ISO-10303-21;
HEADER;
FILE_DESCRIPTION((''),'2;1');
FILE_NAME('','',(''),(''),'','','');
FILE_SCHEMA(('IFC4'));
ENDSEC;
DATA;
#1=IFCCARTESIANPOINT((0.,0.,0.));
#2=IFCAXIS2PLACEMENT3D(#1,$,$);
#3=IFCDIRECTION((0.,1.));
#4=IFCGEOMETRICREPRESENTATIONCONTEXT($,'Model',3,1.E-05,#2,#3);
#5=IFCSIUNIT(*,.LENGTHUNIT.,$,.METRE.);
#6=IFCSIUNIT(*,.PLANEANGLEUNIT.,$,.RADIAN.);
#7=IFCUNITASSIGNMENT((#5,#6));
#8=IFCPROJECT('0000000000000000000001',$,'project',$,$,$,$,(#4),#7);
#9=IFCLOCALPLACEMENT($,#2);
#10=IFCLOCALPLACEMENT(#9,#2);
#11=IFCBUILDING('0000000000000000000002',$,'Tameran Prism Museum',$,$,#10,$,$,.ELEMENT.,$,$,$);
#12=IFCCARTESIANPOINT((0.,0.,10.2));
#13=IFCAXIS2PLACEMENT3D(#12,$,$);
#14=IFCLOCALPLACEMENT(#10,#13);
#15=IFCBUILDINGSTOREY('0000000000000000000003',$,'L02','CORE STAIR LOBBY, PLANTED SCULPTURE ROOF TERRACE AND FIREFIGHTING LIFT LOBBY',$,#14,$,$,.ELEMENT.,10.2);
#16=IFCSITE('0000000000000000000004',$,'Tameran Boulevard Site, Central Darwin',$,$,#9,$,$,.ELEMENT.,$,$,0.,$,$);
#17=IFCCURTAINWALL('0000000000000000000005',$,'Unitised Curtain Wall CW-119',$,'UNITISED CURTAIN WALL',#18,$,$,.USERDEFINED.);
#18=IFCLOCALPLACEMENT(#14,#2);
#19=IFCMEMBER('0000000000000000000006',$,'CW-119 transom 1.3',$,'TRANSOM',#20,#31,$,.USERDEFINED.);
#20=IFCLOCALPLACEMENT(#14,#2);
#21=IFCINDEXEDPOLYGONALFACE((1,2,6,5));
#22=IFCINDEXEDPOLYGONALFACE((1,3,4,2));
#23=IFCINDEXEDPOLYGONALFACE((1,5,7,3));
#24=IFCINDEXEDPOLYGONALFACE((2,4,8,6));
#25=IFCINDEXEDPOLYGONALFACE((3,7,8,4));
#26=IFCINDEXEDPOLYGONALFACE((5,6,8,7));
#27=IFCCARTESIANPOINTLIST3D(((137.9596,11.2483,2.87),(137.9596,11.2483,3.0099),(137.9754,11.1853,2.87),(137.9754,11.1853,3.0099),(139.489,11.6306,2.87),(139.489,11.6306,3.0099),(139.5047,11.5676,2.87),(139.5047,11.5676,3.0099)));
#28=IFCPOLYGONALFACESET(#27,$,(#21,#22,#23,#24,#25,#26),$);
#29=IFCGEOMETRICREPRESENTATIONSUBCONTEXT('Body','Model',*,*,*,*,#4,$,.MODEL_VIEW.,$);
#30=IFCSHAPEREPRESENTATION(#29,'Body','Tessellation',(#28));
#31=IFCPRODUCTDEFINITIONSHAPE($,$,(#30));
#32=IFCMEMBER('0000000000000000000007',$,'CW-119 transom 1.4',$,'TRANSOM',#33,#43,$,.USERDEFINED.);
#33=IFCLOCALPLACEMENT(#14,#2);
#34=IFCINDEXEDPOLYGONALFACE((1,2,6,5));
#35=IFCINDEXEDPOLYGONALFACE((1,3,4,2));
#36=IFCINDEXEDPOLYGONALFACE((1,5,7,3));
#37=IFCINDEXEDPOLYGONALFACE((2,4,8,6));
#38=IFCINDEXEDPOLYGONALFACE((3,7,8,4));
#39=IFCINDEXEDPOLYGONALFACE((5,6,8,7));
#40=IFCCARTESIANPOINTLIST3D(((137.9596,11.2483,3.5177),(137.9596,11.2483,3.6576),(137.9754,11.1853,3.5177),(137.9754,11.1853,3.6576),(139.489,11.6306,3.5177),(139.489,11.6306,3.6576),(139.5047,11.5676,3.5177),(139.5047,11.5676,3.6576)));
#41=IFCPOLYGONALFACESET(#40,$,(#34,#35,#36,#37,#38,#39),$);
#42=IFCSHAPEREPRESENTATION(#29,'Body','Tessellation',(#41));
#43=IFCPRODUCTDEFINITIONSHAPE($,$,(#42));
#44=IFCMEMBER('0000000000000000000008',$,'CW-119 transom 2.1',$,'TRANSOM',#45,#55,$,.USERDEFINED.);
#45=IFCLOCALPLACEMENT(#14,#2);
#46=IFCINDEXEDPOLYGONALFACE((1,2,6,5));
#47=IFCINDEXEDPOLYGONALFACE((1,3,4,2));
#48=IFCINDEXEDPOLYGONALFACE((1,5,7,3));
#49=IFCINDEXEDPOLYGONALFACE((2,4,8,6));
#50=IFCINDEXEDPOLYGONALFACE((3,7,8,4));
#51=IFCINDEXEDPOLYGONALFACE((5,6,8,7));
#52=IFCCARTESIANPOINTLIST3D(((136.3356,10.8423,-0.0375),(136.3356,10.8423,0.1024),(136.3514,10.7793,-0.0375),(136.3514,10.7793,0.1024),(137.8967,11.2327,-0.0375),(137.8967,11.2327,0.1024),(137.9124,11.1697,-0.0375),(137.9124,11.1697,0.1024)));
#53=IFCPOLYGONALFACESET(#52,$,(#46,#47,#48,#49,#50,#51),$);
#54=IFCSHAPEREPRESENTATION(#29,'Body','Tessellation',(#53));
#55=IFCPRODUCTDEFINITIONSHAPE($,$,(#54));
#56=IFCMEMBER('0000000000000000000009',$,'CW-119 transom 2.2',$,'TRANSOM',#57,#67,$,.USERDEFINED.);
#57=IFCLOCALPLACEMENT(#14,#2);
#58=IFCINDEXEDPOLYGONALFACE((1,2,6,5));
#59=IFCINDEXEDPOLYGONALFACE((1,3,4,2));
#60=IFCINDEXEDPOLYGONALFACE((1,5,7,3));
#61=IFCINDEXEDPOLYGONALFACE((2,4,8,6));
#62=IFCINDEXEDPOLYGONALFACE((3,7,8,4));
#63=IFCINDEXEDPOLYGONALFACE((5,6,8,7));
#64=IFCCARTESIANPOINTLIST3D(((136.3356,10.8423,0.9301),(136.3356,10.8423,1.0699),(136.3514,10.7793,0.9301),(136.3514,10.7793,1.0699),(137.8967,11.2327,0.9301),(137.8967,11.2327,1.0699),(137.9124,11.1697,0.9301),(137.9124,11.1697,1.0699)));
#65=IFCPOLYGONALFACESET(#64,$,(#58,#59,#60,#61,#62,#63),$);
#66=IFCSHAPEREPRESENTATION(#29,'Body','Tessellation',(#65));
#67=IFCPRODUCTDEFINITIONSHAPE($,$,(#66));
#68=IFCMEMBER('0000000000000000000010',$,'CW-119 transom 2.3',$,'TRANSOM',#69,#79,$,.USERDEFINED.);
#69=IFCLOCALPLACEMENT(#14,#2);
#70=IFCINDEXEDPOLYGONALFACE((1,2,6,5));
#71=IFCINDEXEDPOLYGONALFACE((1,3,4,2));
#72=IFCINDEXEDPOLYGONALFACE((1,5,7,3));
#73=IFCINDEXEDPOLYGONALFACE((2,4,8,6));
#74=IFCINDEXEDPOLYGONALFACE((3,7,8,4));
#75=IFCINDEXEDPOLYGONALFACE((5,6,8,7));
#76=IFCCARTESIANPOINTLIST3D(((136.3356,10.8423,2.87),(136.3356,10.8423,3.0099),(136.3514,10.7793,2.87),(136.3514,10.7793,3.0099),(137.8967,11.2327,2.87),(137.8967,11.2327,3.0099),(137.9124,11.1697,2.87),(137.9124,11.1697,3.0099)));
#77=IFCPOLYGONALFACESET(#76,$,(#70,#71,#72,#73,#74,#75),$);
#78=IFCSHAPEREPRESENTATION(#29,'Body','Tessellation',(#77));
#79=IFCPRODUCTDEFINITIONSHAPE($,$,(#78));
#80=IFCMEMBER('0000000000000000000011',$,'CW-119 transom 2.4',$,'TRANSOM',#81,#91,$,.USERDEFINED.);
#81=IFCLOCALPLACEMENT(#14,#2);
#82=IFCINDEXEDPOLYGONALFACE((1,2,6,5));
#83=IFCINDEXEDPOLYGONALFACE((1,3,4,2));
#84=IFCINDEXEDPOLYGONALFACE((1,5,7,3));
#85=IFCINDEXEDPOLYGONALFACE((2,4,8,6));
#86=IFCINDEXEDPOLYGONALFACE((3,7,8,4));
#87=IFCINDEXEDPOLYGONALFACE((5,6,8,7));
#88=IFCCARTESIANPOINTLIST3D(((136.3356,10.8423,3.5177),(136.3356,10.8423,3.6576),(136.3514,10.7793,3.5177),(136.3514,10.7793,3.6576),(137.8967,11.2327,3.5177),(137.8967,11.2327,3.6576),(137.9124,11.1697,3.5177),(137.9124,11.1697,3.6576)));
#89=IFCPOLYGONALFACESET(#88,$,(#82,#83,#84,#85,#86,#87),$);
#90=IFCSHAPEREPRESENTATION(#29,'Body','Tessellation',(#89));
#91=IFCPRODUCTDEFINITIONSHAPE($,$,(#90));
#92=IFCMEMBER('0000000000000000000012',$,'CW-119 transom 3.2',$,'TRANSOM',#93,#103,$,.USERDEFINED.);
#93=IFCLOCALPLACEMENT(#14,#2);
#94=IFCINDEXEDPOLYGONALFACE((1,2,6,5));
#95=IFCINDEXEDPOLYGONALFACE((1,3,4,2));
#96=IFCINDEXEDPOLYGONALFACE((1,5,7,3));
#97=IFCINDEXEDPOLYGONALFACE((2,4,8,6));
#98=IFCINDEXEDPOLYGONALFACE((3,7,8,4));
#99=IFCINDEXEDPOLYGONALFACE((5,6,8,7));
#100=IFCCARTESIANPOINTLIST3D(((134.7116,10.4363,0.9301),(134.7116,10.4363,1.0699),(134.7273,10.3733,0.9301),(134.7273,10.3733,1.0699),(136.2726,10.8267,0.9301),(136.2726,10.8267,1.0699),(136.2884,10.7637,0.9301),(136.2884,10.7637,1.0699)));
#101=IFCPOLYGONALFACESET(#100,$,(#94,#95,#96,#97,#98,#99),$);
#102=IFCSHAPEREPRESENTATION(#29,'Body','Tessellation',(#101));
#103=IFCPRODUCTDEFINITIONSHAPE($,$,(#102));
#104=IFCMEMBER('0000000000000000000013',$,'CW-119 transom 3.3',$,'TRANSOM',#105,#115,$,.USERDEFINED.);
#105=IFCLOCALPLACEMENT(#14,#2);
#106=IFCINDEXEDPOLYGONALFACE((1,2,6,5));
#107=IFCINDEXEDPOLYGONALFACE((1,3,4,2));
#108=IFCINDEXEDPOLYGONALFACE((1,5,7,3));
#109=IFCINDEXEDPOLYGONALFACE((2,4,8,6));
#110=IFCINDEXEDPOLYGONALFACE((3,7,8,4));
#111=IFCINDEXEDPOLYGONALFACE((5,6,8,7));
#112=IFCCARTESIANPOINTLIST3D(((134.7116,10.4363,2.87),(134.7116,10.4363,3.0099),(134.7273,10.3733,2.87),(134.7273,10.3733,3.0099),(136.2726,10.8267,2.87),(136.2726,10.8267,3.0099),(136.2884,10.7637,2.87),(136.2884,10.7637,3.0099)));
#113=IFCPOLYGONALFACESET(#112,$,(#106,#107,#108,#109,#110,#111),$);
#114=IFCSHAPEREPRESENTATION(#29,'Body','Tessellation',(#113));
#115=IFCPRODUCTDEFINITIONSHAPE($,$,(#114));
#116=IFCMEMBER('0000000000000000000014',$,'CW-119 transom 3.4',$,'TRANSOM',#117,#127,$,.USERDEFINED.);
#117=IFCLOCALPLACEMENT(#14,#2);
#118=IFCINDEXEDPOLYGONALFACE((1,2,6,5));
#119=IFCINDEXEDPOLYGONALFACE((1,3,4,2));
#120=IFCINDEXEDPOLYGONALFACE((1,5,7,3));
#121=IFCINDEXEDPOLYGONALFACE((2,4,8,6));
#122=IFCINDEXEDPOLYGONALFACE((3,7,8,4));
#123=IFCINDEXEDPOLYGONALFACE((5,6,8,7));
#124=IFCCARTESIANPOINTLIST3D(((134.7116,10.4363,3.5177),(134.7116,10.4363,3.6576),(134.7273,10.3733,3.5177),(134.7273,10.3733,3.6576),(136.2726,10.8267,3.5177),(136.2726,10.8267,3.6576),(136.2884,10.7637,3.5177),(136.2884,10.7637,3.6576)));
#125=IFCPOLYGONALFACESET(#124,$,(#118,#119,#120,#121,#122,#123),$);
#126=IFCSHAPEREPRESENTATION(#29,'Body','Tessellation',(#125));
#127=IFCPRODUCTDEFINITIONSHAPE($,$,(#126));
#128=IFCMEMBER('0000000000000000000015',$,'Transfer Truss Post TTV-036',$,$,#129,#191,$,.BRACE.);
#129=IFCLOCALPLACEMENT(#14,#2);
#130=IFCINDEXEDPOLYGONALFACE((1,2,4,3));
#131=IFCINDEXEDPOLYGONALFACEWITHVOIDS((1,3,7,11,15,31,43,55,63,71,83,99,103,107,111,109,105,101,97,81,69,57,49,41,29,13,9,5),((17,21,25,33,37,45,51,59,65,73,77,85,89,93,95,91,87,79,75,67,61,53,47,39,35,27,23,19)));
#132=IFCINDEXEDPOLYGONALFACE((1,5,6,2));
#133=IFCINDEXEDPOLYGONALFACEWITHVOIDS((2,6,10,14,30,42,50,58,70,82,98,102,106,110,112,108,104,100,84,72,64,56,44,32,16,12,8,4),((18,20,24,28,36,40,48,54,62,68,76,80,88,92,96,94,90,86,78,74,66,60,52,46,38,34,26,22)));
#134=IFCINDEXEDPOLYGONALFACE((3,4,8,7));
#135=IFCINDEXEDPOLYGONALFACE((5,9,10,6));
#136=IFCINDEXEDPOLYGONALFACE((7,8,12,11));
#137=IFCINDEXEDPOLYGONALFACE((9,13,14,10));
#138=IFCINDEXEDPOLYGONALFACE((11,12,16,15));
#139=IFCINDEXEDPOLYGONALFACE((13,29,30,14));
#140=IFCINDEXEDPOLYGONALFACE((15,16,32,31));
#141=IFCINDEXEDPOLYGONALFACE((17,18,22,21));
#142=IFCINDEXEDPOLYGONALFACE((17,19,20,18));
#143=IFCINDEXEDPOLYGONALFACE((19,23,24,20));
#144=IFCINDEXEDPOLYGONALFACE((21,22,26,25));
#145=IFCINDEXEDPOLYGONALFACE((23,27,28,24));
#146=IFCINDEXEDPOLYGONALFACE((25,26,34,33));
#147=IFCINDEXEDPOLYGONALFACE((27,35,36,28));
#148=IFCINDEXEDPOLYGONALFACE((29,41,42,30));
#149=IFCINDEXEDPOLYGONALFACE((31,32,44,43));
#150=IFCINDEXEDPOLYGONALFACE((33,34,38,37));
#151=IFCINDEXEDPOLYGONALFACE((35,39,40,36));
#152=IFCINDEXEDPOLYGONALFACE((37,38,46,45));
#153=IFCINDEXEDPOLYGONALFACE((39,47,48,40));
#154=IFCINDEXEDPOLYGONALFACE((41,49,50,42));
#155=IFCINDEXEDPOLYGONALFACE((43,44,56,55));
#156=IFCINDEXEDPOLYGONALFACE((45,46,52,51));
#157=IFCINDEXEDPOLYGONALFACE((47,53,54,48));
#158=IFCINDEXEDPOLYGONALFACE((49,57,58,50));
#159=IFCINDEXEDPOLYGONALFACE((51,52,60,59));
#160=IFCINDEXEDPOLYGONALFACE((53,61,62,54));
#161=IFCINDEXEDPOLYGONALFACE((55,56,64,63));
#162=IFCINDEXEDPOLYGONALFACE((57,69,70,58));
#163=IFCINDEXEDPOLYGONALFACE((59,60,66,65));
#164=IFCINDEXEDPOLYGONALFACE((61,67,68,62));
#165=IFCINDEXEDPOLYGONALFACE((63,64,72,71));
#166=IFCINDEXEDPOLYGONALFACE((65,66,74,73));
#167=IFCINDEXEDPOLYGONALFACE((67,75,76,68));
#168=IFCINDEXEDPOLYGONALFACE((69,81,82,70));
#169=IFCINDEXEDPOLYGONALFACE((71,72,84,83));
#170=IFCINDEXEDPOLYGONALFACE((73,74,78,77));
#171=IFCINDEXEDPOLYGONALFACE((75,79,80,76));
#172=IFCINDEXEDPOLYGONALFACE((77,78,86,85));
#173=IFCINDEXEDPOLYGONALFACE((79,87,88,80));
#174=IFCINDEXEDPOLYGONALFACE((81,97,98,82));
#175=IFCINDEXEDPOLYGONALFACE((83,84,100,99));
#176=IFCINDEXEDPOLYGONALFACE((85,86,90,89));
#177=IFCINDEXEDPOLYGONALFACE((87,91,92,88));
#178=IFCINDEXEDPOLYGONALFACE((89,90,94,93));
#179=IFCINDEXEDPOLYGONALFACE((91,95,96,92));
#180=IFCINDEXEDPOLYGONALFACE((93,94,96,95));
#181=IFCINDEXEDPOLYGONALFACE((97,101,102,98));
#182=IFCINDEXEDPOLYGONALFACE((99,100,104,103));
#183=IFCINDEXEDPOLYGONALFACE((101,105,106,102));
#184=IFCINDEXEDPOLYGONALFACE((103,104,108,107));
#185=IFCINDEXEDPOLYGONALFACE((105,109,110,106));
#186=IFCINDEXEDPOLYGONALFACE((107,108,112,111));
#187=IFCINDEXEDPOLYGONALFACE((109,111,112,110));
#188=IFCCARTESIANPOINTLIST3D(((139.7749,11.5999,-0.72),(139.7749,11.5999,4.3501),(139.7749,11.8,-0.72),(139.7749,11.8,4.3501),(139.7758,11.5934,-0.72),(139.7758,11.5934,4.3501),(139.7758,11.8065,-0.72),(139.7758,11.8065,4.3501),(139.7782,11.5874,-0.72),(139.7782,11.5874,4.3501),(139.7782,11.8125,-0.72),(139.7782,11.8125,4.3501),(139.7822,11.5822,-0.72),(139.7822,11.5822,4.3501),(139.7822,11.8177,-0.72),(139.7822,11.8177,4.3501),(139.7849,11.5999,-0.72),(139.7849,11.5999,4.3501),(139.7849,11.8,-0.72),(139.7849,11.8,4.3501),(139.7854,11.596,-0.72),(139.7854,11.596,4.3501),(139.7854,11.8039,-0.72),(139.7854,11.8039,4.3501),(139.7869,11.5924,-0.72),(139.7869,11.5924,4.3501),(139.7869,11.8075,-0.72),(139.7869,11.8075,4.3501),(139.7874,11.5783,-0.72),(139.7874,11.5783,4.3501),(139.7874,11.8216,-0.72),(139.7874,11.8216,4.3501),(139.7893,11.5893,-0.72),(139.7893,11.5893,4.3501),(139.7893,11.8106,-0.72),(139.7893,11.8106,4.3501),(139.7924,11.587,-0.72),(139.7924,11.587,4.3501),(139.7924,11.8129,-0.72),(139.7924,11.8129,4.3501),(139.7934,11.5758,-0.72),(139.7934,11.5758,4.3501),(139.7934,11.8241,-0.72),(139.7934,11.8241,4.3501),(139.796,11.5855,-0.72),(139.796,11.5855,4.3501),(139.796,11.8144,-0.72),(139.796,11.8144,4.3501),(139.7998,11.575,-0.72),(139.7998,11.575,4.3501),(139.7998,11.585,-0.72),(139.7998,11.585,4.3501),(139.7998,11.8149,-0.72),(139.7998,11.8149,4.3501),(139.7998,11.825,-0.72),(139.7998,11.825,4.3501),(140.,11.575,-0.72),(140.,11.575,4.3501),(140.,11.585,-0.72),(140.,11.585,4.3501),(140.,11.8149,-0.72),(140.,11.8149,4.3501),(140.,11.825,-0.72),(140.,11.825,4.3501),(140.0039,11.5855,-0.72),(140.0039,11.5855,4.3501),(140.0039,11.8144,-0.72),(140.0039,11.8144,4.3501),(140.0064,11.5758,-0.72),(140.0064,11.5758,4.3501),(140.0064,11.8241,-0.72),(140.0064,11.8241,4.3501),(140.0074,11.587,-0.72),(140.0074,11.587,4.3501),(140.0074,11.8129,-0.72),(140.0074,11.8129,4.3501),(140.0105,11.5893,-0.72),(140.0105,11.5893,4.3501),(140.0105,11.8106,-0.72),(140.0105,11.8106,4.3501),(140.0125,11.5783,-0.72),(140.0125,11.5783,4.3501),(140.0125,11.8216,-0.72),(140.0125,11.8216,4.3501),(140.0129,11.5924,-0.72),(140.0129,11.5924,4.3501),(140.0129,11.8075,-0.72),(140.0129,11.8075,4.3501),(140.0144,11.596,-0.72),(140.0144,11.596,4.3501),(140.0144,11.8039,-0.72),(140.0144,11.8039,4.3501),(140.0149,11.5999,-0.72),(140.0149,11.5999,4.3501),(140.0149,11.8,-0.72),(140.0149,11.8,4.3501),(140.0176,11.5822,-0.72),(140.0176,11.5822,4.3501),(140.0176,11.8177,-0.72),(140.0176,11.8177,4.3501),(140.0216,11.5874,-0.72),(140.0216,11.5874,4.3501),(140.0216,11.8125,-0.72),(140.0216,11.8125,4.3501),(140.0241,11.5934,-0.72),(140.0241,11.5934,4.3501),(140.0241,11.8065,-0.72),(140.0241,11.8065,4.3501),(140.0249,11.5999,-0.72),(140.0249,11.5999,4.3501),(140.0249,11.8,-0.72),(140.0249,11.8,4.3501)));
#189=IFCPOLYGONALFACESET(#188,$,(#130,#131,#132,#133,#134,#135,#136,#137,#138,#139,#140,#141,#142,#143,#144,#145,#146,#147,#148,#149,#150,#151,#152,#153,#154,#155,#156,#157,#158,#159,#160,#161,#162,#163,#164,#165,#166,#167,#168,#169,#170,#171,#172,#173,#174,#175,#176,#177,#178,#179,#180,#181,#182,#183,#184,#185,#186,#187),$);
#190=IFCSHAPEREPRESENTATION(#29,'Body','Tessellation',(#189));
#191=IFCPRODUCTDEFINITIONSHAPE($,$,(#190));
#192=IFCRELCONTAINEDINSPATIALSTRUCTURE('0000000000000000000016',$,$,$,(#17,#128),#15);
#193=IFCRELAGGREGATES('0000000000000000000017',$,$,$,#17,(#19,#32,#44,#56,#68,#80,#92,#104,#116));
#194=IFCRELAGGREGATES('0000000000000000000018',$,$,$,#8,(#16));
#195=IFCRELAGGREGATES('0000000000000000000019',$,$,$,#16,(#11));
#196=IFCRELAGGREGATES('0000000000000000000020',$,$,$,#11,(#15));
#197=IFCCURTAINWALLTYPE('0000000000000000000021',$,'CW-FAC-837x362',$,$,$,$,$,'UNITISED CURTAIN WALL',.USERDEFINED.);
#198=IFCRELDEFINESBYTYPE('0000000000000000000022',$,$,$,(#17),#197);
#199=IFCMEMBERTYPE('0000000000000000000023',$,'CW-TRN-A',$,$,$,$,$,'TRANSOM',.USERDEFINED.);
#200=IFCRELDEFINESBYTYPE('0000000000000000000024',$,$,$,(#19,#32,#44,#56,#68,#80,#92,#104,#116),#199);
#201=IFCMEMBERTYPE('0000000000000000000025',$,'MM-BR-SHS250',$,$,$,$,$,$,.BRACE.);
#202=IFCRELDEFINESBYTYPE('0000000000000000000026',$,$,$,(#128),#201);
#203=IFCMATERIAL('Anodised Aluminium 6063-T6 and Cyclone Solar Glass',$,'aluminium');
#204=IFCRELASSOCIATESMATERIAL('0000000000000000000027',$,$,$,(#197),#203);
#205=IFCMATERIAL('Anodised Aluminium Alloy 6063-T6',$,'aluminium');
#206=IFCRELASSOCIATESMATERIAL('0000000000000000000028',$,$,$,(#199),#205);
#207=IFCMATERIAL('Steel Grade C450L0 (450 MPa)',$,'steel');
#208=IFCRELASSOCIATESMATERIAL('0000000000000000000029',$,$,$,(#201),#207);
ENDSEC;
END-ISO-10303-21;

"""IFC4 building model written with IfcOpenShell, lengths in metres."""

from ifc_helpers import new_model, si_unit, direction, frame, origin, origin_2d, place, context, subcontext, project, spatial, rectangle, hollow_rectangle, extrude, material, material_profile, profile_set, type_object, element, aggregate, save


model = new_model("IFC4")

# Units and contexts
model_context = context("Model", 3, precision=1e-05, world=origin(), true_north=direction((0.0, 1.0)))
body_context = subcontext(model_context, "Body", "Model", "MODEL_VIEW")
ifc_project = project(units=[si_unit("LENGTHUNIT", "METRE"), si_unit("PLANEANGLEUNIT", "RADIAN")], contexts=[model_context])

# Site, building, storey
site_placement = place(None, origin())
site = spatial("IfcSite", under=ifc_project, at=site_placement, Name="Tameran Boulevard Site, Central Darwin", CompositionType="ELEMENT", RefElevation=0.0)
building_placement = place(site_placement, origin())
building = spatial("IfcBuilding", under=site, at=building_placement, Name="Tameran Prism Museum", CompositionType="ELEMENT")
storey_placement = place(building_placement, frame((0.0, 0.0, 10.2)))
storey = spatial("IfcBuildingStorey", under=building, at=storey_placement, Name="L02", Description="CORE STAIR LOBBY, PLANTED SCULPTURE ROOF TERRACE AND FIREFIGHTING LIFT LOBBY", CompositionType="ELEMENT", Elevation=10.2)

# Curtain wall, members
ifc_material_1 = material(Name="Anodised Aluminium 6063-T6 and Cyclone Solar Glass", Category="aluminium")
curtain_wall_type = type_object("IfcCurtainWallType", Name="CW-FAC-837x362", ElementType="UNITISED CURTAIN WALL", PredefinedType="USERDEFINED", material=ifc_material_1)
curtain_wall_placement = place(storey_placement, origin())
curtain_wall = element("IfcCurtainWall", 1, at=curtain_wall_placement, inside=storey, type_object=curtain_wall_type, Name="Unitised Curtain Wall CW-119", ObjectType="UNITISED CURTAIN WALL", PredefinedType="USERDEFINED")
ifc_material_2 = material(Name="Anodised Aluminium Alloy 6063-T6", Category="aluminium")
ifc_material_profile_1 = material_profile(ifc_material_2, rectangle(XDim=0.0649, YDim=0.1399, at=origin_2d()))
ifc_profile_set_1 = profile_set([ifc_material_profile_1])
member_type_1 = type_object("IfcMemberType", Name="CW-TRN-A", ElementType="TRANSOM", PredefinedType="USERDEFINED", material=ifc_profile_set_1)
member_1_placement = place(storey_placement, frame((139.4968, 11.5991, 2.9399), z_axis=(-0.970143, -0.242536, 0.0), x_axis=(0.242536, -0.970143, 0.0)))
member_1 = element("IfcMember", 2, at=member_1_placement, type_object=member_type_1, Name="CW-119 transom 1.3", ObjectType="TRANSOM", PredefinedType="USERDEFINED", context=body_context, shape_type="SweptSolid", body=[
    extrude(rectangle(XDim=0.0649, YDim=0.1399, at=origin_2d()), origin(), (0.0, 0.0, 1.0), 1.5764),
])
member_2_placement = place(storey_placement, frame((139.4968, 11.5991, 3.5876), z_axis=(-0.970143, -0.242536, 0.0), x_axis=(0.242536, -0.970143, 0.0)))
member_2 = element("IfcMember", 3, at=member_2_placement, type_object=member_type_1, Name="CW-119 transom 1.4", ObjectType="TRANSOM", PredefinedType="USERDEFINED", context=body_context, shape_type="SweptSolid", body=[
    extrude(rectangle(XDim=0.0649, YDim=0.1399, at=origin_2d()), origin(), (0.0, 0.0, 1.0), 1.5764),
])
member_3_placement = place(storey_placement, frame((137.9045, 11.2012, 0.0325), z_axis=(-0.970125, -0.242607, 0.0), x_axis=(0.242607, -0.970125, 0.0)))
member_3 = element("IfcMember", 4, at=member_3_placement, type_object=member_type_1, Name="CW-119 transom 2.1", ObjectType="TRANSOM", PredefinedType="USERDEFINED", context=body_context, shape_type="SweptSolid", body=[
    extrude(rectangle(XDim=0.0649, YDim=0.1399, at=origin_2d()), origin(), (0.0, 0.0, 1.0), 1.6091),
])
member_4_placement = place(storey_placement, frame((137.9045, 11.2012, 1.0), z_axis=(-0.970125, -0.242607, 0.0), x_axis=(0.242607, -0.970125, 0.0)))
member_4 = element("IfcMember", 5, at=member_4_placement, type_object=member_type_1, Name="CW-119 transom 2.2", ObjectType="TRANSOM", PredefinedType="USERDEFINED", context=body_context, shape_type="SweptSolid", body=[
    extrude(rectangle(XDim=0.0649, YDim=0.1399, at=origin_2d()), origin(), (0.0, 0.0, 1.0), 1.6091),
])
member_5_placement = place(storey_placement, frame((137.9045, 11.2012, 2.9399), z_axis=(-0.970125, -0.242607, 0.0), x_axis=(0.242607, -0.970125, 0.0)))
member_5 = element("IfcMember", 6, at=member_5_placement, type_object=member_type_1, Name="CW-119 transom 2.3", ObjectType="TRANSOM", PredefinedType="USERDEFINED", context=body_context, shape_type="SweptSolid", body=[
    extrude(rectangle(XDim=0.0649, YDim=0.1399, at=origin_2d()), origin(), (0.0, 0.0, 1.0), 1.6091),
])
member_6_placement = place(storey_placement, frame((137.9045, 11.2012, 3.5876), z_axis=(-0.970125, -0.242607, 0.0), x_axis=(0.242607, -0.970125, 0.0)))
member_6 = element("IfcMember", 7, at=member_6_placement, type_object=member_type_1, Name="CW-119 transom 2.4", ObjectType="TRANSOM", PredefinedType="USERDEFINED", context=body_context, shape_type="SweptSolid", body=[
    extrude(rectangle(XDim=0.0649, YDim=0.1399, at=origin_2d()), origin(), (0.0, 0.0, 1.0), 1.6091),
])
member_7_placement = place(storey_placement, frame((136.2805, 10.7952, 1.0), z_axis=(-0.970125, -0.242607, 0.0), x_axis=(0.242607, -0.970125, 0.0)))
member_7 = element("IfcMember", 8, at=member_7_placement, type_object=member_type_1, Name="CW-119 transom 3.2", ObjectType="TRANSOM", PredefinedType="USERDEFINED", context=body_context, shape_type="SweptSolid", body=[
    extrude(rectangle(XDim=0.0649, YDim=0.1399, at=origin_2d()), origin(), (0.0, 0.0, 1.0), 1.6091),
])
member_8_placement = place(storey_placement, frame((136.2805, 10.7952, 2.9399), z_axis=(-0.970125, -0.242607, 0.0), x_axis=(0.242607, -0.970125, 0.0)))
member_8 = element("IfcMember", 9, at=member_8_placement, type_object=member_type_1, Name="CW-119 transom 3.3", ObjectType="TRANSOM", PredefinedType="USERDEFINED", context=body_context, shape_type="SweptSolid", body=[
    extrude(rectangle(XDim=0.0649, YDim=0.1399, at=origin_2d()), origin(), (0.0, 0.0, 1.0), 1.6091),
])
member_9_placement = place(storey_placement, frame((136.2805, 10.7952, 3.5876), z_axis=(-0.970125, -0.242607, 0.0), x_axis=(0.242607, -0.970125, 0.0)))
member_9 = element("IfcMember", 10, at=member_9_placement, type_object=member_type_1, Name="CW-119 transom 3.4", ObjectType="TRANSOM", PredefinedType="USERDEFINED", context=body_context, shape_type="SweptSolid", body=[
    extrude(rectangle(XDim=0.0649, YDim=0.1399, at=origin_2d()), origin(), (0.0, 0.0, 1.0), 1.6091),
])

# Member
ifc_material_3 = material(Name="Steel Grade C450L0 (450 MPa)", Category="steel")
ifc_material_profile_2 = material_profile(ifc_material_3, hollow_rectangle(XDim=0.25, YDim=0.25, WallThickness=0.01, InnerFilletRadius=0.0149, OuterFilletRadius=0.0249, at=origin_2d()))
ifc_profile_set_2 = profile_set([ifc_material_profile_2])
member_type_2 = type_object("IfcMemberType", Name="MM-BR-SHS250", PredefinedType="BRACE", material=ifc_profile_set_2)
member_10_placement = place(storey_placement, frame((139.8999, 11.7, -0.72), z_axis=(0.0, 0.0, 1.0), x_axis=(1.0, 0.0, 0.0)))
element("IfcMember", 11, at=member_10_placement, inside=storey, type_object=member_type_2, Name="Transfer Truss Post TTV-036", PredefinedType="BRACE", context=body_context, shape_type="SweptSolid", body=[
    extrude(hollow_rectangle(XDim=0.25, YDim=0.25, WallThickness=0.01, InnerFilletRadius=0.0149, OuterFilletRadius=0.0249, at=origin_2d()), origin(), (0.0, 0.0, 1.0), 5.0701),
])

aggregate(curtain_wall, [member_1, member_2, member_3, member_4, member_5, member_6, member_7, member_8, member_9])

save(model, "model.ifc")
